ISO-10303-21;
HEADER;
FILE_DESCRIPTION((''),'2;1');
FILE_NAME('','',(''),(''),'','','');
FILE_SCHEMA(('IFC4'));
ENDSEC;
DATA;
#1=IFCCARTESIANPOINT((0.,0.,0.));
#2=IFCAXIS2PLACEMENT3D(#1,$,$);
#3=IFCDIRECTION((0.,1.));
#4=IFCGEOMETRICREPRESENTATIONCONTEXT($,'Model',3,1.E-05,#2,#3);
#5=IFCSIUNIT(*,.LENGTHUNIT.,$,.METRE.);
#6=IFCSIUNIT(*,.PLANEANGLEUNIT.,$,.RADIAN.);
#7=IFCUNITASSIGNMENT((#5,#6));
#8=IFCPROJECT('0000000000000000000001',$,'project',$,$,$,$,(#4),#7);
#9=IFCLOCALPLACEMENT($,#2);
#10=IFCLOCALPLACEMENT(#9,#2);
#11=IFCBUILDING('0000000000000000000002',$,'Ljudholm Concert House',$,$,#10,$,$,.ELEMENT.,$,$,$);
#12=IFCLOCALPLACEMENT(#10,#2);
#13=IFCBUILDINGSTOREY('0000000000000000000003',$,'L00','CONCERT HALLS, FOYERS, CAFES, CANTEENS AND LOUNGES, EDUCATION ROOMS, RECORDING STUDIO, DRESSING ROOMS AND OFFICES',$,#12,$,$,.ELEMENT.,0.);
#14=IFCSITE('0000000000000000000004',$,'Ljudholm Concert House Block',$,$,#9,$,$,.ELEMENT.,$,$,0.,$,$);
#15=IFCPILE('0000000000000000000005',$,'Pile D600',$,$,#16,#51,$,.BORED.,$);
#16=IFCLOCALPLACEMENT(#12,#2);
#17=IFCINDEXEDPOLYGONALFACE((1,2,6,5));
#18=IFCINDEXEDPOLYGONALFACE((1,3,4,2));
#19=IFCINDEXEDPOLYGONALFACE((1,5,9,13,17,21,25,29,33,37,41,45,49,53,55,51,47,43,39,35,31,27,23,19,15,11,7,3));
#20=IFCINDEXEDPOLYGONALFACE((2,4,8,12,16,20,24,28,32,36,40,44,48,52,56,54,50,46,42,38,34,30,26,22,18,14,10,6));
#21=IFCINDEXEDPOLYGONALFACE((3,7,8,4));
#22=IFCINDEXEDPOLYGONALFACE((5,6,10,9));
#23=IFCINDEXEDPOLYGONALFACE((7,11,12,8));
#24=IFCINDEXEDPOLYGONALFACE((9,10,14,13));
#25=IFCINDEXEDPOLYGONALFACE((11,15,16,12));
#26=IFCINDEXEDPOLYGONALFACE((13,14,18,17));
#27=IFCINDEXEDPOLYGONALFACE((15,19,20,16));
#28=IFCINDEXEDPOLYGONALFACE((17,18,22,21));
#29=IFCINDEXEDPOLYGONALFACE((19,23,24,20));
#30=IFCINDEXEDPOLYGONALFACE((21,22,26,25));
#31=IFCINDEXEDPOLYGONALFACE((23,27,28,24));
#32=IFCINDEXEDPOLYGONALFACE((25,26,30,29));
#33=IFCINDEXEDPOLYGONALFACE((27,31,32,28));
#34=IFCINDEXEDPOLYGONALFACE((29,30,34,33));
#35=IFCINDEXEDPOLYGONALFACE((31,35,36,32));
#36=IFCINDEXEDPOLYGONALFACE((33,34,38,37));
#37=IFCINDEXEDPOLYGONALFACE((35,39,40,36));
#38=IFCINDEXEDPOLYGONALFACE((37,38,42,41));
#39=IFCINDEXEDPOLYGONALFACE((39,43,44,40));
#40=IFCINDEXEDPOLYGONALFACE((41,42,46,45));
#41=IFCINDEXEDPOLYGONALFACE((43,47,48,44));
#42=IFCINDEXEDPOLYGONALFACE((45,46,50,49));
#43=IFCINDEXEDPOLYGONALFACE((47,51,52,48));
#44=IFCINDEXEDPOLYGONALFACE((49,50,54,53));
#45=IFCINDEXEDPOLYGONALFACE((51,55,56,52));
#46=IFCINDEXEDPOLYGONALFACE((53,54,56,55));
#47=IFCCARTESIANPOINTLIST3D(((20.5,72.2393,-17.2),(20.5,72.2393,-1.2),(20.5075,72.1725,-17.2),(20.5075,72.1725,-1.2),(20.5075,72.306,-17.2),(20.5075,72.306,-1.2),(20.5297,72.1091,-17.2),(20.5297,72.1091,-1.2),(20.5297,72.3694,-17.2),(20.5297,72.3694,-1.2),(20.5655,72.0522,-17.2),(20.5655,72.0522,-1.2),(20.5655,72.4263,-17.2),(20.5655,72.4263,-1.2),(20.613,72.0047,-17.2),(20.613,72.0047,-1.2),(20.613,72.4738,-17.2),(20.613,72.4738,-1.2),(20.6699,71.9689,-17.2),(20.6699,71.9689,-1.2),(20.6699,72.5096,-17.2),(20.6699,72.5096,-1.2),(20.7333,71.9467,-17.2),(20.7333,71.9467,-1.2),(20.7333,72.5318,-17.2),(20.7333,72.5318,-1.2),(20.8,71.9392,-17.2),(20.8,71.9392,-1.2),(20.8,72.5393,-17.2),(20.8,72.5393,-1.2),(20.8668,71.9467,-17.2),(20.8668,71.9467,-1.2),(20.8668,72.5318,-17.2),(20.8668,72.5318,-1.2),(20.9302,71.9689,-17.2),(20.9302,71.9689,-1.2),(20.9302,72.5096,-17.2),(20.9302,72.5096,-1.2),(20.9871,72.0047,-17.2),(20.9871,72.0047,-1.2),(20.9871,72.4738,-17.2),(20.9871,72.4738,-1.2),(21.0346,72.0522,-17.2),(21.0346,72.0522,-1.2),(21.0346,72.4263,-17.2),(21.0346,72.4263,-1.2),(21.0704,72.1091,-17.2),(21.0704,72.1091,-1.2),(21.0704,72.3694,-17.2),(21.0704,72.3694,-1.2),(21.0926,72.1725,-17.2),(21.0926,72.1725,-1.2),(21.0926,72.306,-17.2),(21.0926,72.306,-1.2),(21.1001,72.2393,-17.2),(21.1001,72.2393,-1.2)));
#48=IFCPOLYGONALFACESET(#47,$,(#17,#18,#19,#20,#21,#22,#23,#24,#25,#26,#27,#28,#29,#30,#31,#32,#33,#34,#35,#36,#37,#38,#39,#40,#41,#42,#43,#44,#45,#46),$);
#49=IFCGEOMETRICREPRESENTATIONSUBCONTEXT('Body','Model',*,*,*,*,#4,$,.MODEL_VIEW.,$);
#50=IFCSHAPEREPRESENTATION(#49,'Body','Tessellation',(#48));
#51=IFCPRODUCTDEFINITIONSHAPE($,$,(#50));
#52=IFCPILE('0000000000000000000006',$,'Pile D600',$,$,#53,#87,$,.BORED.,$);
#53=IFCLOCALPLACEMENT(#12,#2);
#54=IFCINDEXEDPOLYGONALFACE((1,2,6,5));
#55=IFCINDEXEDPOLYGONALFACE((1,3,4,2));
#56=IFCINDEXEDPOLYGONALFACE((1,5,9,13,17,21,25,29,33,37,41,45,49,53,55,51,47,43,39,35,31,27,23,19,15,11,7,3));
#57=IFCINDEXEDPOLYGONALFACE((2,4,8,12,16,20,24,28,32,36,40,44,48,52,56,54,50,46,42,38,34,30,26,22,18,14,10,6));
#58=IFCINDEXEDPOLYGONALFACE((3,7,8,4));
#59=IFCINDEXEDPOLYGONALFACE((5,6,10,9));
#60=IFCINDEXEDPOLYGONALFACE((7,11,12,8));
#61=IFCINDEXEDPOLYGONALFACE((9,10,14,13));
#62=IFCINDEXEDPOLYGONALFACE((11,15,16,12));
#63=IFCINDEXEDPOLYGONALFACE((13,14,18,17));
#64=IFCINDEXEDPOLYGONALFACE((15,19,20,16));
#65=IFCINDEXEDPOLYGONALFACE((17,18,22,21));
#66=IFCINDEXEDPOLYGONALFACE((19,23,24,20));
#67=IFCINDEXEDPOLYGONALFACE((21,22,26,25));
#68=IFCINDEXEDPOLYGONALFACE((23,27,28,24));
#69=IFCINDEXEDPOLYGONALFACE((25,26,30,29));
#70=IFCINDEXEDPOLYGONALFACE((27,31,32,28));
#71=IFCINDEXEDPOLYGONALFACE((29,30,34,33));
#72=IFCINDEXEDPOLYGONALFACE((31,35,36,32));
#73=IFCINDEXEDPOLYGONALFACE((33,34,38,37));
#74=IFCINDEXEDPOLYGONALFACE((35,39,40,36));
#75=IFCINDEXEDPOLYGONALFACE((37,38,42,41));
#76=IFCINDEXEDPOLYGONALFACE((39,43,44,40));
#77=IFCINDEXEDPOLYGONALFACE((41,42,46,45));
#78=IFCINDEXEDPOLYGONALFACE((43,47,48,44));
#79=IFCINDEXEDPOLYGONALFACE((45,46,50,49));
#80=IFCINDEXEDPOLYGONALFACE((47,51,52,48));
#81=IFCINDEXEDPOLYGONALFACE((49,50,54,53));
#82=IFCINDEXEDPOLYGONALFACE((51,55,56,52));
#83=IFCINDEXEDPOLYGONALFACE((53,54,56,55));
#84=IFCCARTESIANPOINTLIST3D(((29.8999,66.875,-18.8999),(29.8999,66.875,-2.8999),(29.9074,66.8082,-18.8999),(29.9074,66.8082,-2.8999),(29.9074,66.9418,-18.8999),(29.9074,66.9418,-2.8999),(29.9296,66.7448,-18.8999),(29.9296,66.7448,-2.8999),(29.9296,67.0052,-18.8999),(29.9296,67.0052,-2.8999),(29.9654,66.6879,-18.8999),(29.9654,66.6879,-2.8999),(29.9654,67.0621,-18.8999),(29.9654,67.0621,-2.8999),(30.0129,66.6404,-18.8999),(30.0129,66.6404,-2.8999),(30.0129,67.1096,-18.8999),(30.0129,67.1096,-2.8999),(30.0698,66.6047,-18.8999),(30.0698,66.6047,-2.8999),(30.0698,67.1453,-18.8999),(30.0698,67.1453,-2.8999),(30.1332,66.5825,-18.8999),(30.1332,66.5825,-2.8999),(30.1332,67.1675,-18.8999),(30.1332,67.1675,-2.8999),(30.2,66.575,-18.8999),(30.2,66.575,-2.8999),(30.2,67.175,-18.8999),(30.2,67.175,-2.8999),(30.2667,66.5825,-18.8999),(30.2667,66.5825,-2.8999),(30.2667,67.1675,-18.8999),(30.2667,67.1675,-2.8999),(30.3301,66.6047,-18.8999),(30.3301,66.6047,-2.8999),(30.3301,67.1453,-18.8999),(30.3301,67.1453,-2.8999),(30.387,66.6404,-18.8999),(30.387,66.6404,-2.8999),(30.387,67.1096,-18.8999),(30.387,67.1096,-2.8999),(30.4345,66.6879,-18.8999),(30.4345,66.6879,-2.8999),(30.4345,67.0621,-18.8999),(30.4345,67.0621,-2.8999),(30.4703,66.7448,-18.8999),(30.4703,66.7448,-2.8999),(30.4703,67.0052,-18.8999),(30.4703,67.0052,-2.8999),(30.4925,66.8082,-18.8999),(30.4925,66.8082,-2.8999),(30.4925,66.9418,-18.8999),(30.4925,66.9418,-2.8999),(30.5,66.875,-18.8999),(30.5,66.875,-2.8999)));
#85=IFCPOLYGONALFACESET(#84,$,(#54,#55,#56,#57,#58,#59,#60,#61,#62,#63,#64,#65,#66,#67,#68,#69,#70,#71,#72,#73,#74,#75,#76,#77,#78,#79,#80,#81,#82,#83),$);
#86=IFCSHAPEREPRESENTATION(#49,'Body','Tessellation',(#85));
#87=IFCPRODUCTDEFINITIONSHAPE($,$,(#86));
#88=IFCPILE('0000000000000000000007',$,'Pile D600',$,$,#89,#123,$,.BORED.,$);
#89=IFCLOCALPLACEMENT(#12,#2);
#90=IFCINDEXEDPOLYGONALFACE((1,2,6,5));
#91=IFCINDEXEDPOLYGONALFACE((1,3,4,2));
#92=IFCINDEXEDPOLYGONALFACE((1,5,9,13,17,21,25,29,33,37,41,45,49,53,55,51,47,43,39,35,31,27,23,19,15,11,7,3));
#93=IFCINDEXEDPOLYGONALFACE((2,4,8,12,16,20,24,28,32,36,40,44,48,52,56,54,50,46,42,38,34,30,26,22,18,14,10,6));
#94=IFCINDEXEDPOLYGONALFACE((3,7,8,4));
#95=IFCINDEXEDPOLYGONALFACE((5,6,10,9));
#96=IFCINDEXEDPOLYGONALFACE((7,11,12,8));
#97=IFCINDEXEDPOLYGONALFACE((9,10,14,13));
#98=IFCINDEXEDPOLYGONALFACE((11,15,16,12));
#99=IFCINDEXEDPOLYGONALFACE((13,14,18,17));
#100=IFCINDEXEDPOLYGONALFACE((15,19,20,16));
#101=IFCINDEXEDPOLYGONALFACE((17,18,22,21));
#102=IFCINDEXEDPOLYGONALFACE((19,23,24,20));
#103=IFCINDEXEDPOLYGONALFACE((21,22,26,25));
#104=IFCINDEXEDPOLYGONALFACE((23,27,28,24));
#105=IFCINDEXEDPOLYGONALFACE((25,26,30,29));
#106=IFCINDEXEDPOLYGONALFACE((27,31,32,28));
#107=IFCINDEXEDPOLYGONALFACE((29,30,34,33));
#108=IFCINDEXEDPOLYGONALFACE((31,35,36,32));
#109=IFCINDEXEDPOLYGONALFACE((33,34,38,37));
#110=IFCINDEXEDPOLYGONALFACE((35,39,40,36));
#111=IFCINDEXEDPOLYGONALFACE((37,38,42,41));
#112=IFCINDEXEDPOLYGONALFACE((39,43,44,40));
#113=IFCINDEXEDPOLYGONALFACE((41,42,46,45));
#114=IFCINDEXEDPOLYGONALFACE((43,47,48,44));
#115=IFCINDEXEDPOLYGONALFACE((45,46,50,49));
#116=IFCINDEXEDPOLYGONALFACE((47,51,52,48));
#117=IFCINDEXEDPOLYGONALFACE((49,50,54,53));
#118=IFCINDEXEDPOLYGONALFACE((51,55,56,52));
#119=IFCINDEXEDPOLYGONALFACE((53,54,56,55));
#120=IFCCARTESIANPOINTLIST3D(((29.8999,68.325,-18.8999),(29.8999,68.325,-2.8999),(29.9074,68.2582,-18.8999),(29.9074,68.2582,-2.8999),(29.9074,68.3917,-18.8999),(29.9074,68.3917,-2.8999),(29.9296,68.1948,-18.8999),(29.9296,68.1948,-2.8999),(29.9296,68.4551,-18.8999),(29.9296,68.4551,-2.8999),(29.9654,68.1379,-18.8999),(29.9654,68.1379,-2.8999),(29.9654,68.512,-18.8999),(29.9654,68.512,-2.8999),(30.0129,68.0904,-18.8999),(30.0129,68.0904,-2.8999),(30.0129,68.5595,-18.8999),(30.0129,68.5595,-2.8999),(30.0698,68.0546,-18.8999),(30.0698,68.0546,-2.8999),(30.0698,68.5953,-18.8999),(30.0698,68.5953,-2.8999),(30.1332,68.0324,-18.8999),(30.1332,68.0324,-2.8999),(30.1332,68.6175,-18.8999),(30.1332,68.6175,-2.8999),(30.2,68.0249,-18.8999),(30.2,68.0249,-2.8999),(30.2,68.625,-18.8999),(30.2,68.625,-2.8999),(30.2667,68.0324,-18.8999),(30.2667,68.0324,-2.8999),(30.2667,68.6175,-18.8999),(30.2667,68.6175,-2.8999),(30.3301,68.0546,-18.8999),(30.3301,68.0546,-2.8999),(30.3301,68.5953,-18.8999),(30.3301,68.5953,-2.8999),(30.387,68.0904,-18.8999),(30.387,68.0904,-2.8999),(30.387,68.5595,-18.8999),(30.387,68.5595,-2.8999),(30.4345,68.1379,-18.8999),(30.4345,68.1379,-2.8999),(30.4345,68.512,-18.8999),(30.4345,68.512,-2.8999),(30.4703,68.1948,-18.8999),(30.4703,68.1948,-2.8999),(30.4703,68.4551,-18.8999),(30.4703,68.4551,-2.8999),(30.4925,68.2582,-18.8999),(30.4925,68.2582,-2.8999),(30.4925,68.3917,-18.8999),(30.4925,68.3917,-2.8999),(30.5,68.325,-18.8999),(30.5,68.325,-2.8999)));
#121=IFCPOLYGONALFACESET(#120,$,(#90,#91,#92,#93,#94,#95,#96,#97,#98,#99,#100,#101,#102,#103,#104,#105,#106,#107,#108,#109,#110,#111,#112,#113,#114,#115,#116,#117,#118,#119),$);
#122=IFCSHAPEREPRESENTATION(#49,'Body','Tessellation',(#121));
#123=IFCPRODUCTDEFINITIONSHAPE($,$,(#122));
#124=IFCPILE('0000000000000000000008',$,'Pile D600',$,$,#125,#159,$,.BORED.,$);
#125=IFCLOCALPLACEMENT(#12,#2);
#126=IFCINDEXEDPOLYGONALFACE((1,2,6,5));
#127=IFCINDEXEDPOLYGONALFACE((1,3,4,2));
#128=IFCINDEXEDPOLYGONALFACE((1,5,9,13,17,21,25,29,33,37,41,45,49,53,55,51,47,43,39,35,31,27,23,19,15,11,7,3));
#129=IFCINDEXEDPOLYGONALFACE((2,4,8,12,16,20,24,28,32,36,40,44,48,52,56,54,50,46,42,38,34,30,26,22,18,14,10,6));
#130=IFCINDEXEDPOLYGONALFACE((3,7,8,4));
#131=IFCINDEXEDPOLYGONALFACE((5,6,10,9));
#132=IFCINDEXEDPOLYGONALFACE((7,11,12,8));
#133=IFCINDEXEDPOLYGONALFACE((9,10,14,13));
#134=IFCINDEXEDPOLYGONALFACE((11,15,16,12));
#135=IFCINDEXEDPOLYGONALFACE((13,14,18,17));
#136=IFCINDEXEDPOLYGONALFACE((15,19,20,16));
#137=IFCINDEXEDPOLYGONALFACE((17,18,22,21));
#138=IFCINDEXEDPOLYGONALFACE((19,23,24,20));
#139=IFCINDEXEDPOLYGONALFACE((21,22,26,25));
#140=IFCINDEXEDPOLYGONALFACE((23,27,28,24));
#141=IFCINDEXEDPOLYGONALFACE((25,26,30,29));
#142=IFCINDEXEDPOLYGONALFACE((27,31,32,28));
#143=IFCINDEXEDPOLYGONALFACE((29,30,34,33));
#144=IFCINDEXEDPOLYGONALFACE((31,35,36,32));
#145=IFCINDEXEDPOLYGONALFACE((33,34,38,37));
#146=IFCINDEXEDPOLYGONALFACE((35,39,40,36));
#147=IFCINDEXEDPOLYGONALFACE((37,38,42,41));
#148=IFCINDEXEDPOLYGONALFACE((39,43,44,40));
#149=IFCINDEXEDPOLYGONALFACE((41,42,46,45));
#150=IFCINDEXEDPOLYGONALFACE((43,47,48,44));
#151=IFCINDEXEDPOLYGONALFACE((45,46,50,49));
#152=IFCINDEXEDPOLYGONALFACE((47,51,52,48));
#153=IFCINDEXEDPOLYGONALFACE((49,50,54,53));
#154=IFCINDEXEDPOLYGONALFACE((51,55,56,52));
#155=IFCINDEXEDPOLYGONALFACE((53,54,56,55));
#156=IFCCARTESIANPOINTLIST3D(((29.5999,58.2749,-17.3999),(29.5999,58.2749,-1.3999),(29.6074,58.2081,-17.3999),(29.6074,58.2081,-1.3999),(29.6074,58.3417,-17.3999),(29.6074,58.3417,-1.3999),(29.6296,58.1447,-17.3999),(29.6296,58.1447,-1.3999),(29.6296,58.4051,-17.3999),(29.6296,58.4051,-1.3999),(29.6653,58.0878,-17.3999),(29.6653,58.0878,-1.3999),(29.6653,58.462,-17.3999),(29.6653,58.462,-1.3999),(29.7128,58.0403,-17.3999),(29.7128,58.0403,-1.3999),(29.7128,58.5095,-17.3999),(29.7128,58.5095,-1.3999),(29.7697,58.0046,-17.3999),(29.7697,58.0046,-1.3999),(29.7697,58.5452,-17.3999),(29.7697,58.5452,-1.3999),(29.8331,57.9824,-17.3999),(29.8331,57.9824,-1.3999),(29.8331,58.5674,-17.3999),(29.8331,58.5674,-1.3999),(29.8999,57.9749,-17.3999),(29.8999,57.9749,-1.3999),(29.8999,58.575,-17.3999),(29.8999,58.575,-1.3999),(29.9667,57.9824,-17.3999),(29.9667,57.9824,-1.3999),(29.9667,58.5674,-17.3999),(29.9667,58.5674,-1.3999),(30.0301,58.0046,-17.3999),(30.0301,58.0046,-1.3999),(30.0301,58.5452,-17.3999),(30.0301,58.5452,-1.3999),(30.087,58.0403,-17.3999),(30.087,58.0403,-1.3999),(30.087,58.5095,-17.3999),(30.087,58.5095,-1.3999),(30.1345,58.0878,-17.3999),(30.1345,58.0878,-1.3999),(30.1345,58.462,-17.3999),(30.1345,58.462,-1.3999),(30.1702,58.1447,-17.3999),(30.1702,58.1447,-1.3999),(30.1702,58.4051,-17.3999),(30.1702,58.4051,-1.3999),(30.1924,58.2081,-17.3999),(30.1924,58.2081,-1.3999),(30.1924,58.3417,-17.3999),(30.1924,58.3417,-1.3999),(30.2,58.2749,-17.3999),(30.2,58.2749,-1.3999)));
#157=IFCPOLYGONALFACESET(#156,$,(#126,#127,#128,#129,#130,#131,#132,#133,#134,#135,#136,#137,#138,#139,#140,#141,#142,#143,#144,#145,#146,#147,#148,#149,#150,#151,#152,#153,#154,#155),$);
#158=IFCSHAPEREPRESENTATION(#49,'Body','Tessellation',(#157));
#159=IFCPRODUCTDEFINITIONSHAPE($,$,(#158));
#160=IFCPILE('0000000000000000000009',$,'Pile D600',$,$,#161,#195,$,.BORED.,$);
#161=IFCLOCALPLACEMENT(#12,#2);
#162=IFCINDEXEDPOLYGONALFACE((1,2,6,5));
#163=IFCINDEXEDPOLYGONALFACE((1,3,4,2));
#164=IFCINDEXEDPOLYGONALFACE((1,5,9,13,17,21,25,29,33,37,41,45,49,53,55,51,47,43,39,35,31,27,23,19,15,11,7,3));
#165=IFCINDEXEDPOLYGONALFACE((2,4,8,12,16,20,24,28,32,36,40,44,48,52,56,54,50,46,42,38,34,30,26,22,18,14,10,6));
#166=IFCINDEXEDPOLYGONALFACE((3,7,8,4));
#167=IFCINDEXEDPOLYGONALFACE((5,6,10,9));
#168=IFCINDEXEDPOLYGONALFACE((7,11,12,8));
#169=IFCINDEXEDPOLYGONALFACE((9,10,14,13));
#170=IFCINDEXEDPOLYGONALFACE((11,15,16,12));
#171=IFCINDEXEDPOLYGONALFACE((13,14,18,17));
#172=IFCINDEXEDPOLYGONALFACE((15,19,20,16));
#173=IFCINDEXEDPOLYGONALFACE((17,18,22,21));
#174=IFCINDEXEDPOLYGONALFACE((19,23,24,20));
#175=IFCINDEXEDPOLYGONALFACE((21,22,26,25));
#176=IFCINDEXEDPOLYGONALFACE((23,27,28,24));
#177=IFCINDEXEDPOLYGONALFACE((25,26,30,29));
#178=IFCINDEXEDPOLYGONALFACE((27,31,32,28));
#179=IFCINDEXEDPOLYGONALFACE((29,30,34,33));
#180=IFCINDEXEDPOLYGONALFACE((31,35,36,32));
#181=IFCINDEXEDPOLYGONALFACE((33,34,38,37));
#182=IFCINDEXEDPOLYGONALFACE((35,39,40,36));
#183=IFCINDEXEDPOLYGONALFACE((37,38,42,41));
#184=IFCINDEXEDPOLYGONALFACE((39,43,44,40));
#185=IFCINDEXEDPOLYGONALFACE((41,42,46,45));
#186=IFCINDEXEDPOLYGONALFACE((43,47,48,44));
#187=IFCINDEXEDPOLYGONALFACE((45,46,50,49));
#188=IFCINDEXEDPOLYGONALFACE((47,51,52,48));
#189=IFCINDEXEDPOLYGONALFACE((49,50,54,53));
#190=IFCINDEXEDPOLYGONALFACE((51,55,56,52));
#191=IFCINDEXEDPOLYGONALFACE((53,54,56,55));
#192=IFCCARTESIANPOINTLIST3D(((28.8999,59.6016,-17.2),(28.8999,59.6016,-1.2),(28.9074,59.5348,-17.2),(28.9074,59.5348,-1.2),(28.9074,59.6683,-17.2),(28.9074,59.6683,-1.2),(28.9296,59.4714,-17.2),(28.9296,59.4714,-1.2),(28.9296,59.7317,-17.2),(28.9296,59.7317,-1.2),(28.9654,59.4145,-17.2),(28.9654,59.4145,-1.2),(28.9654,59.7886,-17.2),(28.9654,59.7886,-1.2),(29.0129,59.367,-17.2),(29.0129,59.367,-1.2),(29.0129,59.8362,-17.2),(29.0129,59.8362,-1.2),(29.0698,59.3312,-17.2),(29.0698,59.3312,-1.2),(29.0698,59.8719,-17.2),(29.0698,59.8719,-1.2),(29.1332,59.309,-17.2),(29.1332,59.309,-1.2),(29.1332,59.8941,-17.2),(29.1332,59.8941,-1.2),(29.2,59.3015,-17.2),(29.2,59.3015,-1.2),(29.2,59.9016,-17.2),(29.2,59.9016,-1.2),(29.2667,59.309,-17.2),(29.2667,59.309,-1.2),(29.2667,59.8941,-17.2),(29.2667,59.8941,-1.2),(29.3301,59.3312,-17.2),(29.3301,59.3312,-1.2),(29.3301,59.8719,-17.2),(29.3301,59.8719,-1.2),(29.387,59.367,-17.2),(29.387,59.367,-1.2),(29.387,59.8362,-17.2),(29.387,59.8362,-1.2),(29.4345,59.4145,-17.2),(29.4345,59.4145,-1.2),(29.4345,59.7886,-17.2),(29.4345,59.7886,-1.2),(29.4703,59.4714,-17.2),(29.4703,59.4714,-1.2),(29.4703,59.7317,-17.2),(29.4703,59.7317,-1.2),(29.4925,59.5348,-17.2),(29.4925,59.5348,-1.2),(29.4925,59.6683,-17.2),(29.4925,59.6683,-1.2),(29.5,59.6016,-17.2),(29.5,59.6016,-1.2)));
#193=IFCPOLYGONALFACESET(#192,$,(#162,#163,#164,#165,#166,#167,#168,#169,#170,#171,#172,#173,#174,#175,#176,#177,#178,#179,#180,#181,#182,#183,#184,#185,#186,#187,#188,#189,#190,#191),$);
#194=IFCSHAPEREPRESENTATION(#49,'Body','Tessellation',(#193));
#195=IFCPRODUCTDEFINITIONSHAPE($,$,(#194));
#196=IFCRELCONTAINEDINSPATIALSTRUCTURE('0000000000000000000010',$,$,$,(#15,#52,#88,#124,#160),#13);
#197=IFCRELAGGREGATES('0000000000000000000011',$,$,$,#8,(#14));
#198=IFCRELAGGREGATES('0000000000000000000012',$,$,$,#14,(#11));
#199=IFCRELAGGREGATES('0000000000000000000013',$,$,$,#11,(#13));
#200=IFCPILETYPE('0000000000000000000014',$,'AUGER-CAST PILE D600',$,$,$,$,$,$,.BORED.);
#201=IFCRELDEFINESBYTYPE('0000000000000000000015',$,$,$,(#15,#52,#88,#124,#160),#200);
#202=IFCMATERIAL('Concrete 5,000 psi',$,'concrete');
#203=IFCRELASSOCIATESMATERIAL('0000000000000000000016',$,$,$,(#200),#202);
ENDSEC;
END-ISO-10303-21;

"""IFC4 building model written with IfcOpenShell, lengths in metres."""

from ifc_helpers import new_model, si_unit, direction, frame, origin, origin_2d, place, context, subcontext, project, spatial, circle, extrude, material, material_profile, profile_set, type_object, element, save


model = new_model("IFC4")

# Units and contexts
model_context = context("Model", 3, precision=1e-05, world=origin(), true_north=direction((0.0, 1.0)))
body_context = subcontext(model_context, "Body", "Model", "MODEL_VIEW")
ifc_project = project(units=[si_unit("LENGTHUNIT", "METRE"), si_unit("PLANEANGLEUNIT", "RADIAN")], contexts=[model_context])

# Site, building, storey
site_placement = place(None, origin())
site = spatial("IfcSite", under=ifc_project, at=site_placement, Name="Ljudholm Concert House Block", CompositionType="ELEMENT", RefElevation=0.0)
building_placement = place(site_placement, origin())
building = spatial("IfcBuilding", under=site, at=building_placement, Name="Ljudholm Concert House", CompositionType="ELEMENT")
storey_placement = place(building_placement, origin())
storey = spatial("IfcBuildingStorey", under=building, at=storey_placement, Name="L00", Description="CONCERT HALLS, FOYERS, CAFES, CANTEENS AND LOUNGES, EDUCATION ROOMS, RECORDING STUDIO, DRESSING ROOMS AND OFFICES", CompositionType="ELEMENT", Elevation=0.0)

# Piles
ifc_material_1 = material(Name="Concrete 5,000 psi", Category="concrete")
ifc_material_profile_1 = material_profile(ifc_material_1, circle(Radius=0.3, at=origin_2d()), Name="AUGER-CAST PILE D600")
ifc_profile_set_1 = profile_set([ifc_material_profile_1], Name="Concrete 5,000 psi")
pile_type = type_object("IfcPileType", Name="AUGER-CAST PILE D600", PredefinedType="BORED", material=ifc_profile_set_1)
for number, where, z_axis, x_axis, name in (
    (1, (20.8, 72.2393, -1.2), (0.0, 0.0, -1.0), (1.0, 0.0, 0.0), "Pile D600"),
    (2, (30.2, 66.875, -2.8999), (0.0, 0.0, -1.0), (1.0, 0.0, 0.0), "Pile D600"),
    (3, (30.2, 68.325, -2.8999), (0.0, 0.0, -1.0), (1.0, 0.0, 0.0), "Pile D600"),
    (4, (29.8999, 58.2749, -1.3999), (0.0, 0.0, -1.0), (1.0, 0.0, 0.0), "Pile D600"),
    (5, (29.2, 59.6016, -1.2), (0.0, 0.0, -1.0), (1.0, 0.0, 0.0), "Pile D600"),
):
    element("IfcPile", number, at=place(storey_placement, frame(where, z_axis=z_axis, x_axis=x_axis)), inside=storey, type_object=pile_type, Name=name, PredefinedType="BORED", context=body_context, shape_type="SweptSolid", body=[
        extrude(circle(Radius=0.3, at=origin_2d()), origin(), (0.0, 0.0, 1.0), 16.0),
    ])

save(model, "model.ifc")
